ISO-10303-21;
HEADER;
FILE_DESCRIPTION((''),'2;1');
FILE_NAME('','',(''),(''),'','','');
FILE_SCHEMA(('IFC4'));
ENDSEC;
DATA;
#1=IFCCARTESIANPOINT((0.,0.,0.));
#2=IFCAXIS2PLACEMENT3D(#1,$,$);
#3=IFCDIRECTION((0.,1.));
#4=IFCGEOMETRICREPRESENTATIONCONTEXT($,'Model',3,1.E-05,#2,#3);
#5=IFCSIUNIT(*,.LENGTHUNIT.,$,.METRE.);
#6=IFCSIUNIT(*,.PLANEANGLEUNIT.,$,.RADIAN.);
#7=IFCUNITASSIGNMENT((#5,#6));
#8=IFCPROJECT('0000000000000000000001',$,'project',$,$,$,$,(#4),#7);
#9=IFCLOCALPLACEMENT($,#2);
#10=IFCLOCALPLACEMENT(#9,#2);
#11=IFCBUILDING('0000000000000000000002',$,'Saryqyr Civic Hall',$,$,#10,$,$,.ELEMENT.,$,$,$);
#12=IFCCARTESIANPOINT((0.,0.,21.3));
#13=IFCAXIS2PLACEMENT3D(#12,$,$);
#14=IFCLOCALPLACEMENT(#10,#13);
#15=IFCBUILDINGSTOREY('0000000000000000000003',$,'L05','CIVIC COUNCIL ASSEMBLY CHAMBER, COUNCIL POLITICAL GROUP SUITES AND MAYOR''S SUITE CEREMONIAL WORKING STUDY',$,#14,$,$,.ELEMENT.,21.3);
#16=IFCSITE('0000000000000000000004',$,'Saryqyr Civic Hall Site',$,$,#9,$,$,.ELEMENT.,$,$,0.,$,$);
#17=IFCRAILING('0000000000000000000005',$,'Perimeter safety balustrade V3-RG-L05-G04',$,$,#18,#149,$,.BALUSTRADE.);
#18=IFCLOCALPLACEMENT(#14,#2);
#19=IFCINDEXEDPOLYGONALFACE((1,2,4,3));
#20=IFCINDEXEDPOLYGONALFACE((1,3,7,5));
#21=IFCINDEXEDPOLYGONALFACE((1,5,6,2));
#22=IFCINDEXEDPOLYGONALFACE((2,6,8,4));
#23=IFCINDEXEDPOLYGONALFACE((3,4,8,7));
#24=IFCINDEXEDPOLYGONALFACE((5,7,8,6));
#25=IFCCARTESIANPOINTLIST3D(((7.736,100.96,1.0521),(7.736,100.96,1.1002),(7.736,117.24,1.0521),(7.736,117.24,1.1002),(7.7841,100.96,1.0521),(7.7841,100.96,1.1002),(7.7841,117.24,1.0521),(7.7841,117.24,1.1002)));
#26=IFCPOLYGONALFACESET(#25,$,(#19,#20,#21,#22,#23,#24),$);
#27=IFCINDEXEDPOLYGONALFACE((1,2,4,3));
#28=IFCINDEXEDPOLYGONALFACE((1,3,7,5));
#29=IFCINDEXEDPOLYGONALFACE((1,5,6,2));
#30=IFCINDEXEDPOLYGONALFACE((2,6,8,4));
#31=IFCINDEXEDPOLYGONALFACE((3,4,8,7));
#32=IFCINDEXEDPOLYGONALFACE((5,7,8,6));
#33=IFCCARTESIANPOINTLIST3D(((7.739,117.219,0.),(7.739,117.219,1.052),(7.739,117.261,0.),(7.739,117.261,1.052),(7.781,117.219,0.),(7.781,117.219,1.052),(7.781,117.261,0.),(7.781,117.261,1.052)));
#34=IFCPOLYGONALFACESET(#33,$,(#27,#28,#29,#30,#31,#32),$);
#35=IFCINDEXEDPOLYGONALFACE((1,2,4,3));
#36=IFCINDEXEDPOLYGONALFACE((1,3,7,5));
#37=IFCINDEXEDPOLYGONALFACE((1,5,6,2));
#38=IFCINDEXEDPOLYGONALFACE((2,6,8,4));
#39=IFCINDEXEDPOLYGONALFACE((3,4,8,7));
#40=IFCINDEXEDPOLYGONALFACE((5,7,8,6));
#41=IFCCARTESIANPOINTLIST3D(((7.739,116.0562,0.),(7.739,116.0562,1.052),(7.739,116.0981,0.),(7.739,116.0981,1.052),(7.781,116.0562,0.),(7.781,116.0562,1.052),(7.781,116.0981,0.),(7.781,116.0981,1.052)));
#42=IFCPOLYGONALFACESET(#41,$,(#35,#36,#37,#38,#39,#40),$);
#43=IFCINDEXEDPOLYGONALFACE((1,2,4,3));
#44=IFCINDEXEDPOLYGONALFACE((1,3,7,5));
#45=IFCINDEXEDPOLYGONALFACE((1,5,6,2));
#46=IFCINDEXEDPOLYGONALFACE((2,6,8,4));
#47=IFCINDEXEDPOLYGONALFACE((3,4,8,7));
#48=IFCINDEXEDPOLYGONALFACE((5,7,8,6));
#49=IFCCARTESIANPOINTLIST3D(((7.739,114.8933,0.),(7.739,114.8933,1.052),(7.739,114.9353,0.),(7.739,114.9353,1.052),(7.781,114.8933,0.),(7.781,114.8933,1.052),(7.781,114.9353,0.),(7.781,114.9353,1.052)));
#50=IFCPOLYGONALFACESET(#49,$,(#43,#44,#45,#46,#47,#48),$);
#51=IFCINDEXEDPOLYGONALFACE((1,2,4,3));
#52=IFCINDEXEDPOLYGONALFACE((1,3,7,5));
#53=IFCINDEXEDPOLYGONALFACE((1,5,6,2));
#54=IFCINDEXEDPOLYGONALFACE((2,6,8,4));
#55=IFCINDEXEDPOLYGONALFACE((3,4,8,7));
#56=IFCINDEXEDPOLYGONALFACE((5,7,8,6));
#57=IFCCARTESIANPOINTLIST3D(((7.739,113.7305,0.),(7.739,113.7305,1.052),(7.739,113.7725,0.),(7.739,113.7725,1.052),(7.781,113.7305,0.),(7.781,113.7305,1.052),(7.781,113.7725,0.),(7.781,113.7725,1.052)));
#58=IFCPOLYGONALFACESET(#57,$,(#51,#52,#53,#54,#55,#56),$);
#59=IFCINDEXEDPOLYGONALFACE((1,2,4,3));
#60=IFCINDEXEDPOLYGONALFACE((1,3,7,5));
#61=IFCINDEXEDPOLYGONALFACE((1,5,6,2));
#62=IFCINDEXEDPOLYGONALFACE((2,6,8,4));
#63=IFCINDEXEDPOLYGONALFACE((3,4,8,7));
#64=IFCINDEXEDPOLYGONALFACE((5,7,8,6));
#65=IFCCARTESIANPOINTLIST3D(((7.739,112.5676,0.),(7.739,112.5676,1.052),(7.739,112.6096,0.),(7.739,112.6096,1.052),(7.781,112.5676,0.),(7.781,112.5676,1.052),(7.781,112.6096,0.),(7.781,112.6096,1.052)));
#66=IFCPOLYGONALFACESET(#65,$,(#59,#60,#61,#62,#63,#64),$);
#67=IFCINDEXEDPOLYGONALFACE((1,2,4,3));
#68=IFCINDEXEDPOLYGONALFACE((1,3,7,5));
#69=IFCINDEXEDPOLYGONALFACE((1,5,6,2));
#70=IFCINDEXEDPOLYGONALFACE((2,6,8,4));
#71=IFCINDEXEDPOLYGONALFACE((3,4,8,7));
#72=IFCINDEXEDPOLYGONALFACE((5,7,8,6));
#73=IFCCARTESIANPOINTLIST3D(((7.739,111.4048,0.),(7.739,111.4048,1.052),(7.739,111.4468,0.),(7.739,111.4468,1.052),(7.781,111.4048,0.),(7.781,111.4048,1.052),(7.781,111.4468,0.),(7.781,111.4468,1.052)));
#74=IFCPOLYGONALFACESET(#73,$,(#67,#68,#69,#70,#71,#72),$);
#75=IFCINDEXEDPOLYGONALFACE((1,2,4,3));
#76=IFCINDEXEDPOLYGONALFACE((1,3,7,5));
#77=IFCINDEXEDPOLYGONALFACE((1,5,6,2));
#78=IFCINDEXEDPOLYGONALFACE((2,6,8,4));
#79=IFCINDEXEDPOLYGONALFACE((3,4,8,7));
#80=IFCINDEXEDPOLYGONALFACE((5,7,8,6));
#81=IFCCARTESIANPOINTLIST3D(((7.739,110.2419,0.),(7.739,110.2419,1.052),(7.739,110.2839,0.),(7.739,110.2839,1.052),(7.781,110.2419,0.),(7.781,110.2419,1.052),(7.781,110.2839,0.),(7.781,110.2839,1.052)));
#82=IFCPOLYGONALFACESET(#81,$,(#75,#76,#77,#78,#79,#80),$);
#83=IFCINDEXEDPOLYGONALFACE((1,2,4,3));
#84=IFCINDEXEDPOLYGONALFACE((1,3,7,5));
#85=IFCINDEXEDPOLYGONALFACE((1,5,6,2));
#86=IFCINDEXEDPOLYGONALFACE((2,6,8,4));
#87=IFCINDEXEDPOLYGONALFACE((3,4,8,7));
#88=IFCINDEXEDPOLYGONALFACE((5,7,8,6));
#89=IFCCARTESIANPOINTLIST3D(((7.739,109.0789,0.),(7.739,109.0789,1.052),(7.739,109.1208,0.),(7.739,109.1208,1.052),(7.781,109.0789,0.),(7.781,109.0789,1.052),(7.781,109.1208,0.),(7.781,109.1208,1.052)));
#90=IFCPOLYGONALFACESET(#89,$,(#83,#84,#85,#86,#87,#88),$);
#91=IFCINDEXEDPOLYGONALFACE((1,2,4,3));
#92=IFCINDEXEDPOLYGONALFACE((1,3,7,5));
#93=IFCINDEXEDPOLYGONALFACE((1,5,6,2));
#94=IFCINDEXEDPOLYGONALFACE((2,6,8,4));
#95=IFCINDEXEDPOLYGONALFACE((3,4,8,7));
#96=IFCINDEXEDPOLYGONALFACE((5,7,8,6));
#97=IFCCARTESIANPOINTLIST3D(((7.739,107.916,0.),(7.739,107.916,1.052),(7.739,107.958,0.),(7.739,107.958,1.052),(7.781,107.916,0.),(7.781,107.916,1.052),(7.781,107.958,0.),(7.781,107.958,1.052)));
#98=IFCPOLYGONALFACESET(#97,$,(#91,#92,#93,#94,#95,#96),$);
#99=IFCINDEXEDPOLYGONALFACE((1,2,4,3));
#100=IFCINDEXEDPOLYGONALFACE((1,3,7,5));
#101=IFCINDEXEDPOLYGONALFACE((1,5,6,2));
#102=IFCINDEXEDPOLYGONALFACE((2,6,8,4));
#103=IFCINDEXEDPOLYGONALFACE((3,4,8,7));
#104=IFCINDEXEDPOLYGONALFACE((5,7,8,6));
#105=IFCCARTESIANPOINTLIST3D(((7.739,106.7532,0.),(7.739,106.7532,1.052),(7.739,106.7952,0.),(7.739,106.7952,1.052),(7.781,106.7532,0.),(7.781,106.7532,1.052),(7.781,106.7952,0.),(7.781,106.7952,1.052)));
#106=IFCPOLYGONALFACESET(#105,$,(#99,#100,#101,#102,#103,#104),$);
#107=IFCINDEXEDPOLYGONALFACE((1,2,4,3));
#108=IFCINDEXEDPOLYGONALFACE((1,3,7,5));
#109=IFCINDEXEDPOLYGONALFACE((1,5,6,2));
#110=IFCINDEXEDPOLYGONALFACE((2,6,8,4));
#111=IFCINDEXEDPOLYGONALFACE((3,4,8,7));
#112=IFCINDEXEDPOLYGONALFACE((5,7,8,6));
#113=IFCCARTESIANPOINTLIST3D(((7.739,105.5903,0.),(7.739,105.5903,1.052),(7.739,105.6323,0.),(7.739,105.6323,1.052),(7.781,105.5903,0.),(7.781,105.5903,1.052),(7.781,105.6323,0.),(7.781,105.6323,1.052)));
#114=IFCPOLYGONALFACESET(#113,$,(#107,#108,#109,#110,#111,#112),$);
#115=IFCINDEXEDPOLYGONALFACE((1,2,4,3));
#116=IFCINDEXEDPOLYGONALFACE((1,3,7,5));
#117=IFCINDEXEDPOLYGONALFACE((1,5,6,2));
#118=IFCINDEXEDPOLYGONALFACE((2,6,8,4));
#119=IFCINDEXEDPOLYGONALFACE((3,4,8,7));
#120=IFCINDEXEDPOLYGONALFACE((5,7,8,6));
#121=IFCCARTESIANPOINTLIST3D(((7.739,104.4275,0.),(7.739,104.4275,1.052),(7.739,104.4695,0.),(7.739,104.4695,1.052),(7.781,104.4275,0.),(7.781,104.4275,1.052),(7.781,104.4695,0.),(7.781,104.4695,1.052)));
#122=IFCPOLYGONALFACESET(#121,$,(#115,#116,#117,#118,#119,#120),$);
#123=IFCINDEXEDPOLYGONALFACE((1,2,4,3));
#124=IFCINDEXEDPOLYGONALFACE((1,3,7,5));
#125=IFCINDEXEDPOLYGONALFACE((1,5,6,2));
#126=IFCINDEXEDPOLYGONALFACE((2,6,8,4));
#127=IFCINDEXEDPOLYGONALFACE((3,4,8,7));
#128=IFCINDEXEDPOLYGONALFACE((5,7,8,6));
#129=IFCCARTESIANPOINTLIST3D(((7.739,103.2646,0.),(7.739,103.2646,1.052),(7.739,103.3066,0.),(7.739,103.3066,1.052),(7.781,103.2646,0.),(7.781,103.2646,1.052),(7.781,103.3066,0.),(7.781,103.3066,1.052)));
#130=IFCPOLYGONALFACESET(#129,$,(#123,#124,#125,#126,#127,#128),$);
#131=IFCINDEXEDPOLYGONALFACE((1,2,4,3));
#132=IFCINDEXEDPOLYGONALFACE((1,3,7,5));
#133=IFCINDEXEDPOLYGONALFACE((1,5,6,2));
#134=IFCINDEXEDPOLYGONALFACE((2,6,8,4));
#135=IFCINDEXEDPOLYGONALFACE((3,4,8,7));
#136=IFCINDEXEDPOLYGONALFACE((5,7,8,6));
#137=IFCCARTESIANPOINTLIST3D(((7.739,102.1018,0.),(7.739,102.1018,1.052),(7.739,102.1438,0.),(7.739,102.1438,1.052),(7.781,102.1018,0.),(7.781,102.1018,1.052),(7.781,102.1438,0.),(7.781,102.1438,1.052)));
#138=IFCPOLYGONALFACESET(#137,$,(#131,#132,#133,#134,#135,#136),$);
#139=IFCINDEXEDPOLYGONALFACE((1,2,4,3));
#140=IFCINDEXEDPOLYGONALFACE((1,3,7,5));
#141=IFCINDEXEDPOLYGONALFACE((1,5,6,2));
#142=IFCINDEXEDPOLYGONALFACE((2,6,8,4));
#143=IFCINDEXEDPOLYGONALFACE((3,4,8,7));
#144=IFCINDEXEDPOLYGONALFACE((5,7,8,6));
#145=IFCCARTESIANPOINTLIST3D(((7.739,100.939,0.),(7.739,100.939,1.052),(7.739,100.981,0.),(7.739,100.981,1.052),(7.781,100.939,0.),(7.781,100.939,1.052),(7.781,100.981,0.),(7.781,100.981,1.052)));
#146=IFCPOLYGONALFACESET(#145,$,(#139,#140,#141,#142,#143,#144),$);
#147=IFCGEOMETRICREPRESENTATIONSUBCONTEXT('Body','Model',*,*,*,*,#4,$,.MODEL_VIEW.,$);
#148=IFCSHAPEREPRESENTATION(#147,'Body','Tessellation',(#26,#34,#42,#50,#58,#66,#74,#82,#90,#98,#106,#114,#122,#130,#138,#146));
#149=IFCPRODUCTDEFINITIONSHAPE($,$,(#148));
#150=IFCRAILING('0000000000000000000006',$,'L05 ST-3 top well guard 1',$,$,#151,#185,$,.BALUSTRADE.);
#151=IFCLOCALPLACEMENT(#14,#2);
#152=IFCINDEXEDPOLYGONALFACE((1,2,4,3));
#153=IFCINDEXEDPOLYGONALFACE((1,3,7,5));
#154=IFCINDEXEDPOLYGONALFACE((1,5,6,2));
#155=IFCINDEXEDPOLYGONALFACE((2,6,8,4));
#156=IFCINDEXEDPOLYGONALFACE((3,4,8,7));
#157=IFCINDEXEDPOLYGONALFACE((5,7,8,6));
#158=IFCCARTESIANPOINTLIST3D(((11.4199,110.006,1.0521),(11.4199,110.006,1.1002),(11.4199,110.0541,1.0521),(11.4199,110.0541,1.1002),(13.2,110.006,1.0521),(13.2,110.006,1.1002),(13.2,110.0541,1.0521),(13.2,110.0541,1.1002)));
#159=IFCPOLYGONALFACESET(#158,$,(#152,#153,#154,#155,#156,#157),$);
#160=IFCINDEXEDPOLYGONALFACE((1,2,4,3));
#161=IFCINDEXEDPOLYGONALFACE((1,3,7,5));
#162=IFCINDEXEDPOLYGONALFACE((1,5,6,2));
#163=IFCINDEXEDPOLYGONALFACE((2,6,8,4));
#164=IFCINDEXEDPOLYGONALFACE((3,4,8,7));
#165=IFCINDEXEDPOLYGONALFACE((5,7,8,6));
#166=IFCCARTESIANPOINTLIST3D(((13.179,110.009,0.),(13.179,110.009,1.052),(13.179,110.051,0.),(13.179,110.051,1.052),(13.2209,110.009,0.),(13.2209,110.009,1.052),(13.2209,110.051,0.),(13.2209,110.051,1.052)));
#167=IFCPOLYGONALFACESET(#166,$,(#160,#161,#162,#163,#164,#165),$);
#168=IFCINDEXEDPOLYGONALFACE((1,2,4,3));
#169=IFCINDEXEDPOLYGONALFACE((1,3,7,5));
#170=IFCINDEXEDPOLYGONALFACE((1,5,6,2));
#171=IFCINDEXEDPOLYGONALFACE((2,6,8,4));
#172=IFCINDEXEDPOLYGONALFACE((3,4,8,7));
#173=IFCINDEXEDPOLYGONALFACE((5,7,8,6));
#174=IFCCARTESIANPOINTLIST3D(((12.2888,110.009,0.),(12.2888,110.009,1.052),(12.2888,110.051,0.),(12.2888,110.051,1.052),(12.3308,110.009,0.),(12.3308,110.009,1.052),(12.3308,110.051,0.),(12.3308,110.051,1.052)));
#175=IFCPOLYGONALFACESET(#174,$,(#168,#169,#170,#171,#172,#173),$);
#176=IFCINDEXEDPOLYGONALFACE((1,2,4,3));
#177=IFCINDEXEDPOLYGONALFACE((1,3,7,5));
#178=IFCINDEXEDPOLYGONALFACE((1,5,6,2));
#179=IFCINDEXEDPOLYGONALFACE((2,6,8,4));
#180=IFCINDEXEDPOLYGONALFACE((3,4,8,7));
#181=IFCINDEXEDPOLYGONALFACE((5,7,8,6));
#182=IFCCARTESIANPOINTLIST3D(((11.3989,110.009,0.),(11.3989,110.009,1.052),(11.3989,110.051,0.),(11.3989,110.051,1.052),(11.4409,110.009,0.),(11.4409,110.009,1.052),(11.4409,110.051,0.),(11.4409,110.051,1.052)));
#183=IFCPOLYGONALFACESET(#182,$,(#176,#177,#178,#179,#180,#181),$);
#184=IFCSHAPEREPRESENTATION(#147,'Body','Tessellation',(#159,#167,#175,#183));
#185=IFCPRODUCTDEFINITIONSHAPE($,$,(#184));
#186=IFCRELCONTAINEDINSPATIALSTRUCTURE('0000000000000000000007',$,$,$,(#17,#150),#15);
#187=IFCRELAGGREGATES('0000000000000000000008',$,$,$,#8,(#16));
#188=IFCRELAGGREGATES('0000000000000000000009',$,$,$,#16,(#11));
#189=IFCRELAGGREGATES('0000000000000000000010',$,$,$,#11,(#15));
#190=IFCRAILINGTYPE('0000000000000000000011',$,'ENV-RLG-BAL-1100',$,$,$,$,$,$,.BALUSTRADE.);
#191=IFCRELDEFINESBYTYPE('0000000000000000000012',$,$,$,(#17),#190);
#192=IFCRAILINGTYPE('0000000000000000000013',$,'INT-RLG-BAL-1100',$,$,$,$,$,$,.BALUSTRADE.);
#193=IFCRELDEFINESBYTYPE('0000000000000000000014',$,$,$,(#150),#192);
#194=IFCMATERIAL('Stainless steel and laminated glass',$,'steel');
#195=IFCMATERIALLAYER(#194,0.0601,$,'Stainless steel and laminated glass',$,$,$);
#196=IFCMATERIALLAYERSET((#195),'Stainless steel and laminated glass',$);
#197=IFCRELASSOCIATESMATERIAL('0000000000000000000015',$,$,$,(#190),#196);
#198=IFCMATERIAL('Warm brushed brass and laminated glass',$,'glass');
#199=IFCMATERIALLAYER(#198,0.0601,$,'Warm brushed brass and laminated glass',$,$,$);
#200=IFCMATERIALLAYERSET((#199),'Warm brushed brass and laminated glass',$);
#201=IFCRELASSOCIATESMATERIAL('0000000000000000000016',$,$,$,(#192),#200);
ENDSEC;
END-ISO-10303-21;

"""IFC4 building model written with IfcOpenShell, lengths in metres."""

from ifc_helpers import new_model, si_unit, direction, frame, origin, origin_2d, place, context, subcontext, project, spatial, rectangle, extrude, material, layer, layer_set, type_object, element, save


model = new_model("IFC4")

# Units and contexts
model_context = context("Model", 3, precision=1e-05, world=origin(), true_north=direction((0.0, 1.0)))
body_context = subcontext(model_context, "Body", "Model", "MODEL_VIEW")
ifc_project = project(units=[si_unit("LENGTHUNIT", "METRE"), si_unit("PLANEANGLEUNIT", "RADIAN")], contexts=[model_context])

# Site, building, storey
site_placement = place(None, origin())
site = spatial("IfcSite", under=ifc_project, at=site_placement, Name="Saryqyr Civic Hall Site", CompositionType="ELEMENT", RefElevation=0.0)
building_placement = place(site_placement, origin())
building = spatial("IfcBuilding", under=site, at=building_placement, Name="Saryqyr Civic Hall", CompositionType="ELEMENT")
storey_placement = place(building_placement, frame((0.0, 0.0, 21.3)))
storey = spatial("IfcBuildingStorey", under=building, at=storey_placement, Name="L05", Description="CIVIC COUNCIL ASSEMBLY CHAMBER, COUNCIL POLITICAL GROUP SUITES AND MAYOR'S SUITE CEREMONIAL WORKING STUDY", CompositionType="ELEMENT", Elevation=21.3)

# Railings
ifc_material_1 = material(Name="Stainless steel and laminated glass", Category="steel")
ifc_layer_1 = layer(ifc_material_1, 0.0601, Name="Stainless steel and laminated glass")
ifc_layer_set_1 = layer_set([ifc_layer_1], Name="Stainless steel and laminated glass")
railing_type_1 = type_object("IfcRailingType", Name="ENV-RLG-BAL-1100", PredefinedType="BALUSTRADE", material=ifc_layer_set_1)
railing_1_placement = place(storey_placement, frame((7.76, 117.24, 0.0)))
element("IfcRailing", 1, at=railing_1_placement, inside=storey, type_object=railing_type_1, Name="Perimeter safety balustrade V3-RG-L05-G04", PredefinedType="BALUSTRADE", context=body_context, shape_type="SweptSolid", body=[
    extrude(rectangle(XDim=0.0481, YDim=0.0481, at=origin_2d()), frame((0.0, 0.0, 1.0762), z_axis=(0.0, -1.0, 0.0), x_axis=(1.0, 0.0, 0.0)), (0.0, 0.0, 1.0), 16.28),
    extrude(rectangle(XDim=0.042, YDim=0.042, at=origin_2d()), origin(), (0.0, 0.0, 1.0), 1.052),
    extrude(rectangle(XDim=0.042, YDim=0.042, at=origin_2d()), frame((0.0, -1.1628, 0.0)), (0.0, 0.0, 1.0), 1.052),
    extrude(rectangle(XDim=0.042, YDim=0.042, at=origin_2d()), frame((0.0, -2.3257, 0.0)), (0.0, 0.0, 1.0), 1.052),
    extrude(rectangle(XDim=0.042, YDim=0.042, at=origin_2d()), frame((0.0, -3.4885, 0.0)), (0.0, 0.0, 1.0), 1.052),
    extrude(rectangle(XDim=0.042, YDim=0.042, at=origin_2d()), frame((0.0, -4.6514, 0.0)), (0.0, 0.0, 1.0), 1.052),
    extrude(rectangle(XDim=0.042, YDim=0.042, at=origin_2d()), frame((0.0, -5.8142, 0.0)), (0.0, 0.0, 1.0), 1.052),
    extrude(rectangle(XDim=0.042, YDim=0.042, at=origin_2d()), frame((0.0, -6.9771, 0.0)), (0.0, 0.0, 1.0), 1.052),
    extrude(rectangle(XDim=0.042, YDim=0.042, at=origin_2d()), frame((0.0, -8.1401, 0.0)), (0.0, 0.0, 1.0), 1.052),
    extrude(rectangle(XDim=0.042, YDim=0.042, at=origin_2d()), frame((0.0, -9.303, 0.0)), (0.0, 0.0, 1.0), 1.052),
    extrude(rectangle(XDim=0.042, YDim=0.042, at=origin_2d()), frame((0.0, -10.4658, 0.0)), (0.0, 0.0, 1.0), 1.052),
    extrude(rectangle(XDim=0.042, YDim=0.042, at=origin_2d()), frame((0.0, -11.6287, 0.0)), (0.0, 0.0, 1.0), 1.052),
    extrude(rectangle(XDim=0.042, YDim=0.042, at=origin_2d()), frame((0.0, -12.7915, 0.0)), (0.0, 0.0, 1.0), 1.052),
    extrude(rectangle(XDim=0.042, YDim=0.042, at=origin_2d()), frame((0.0, -13.9543, 0.0)), (0.0, 0.0, 1.0), 1.052),
    extrude(rectangle(XDim=0.042, YDim=0.042, at=origin_2d()), frame((0.0, -15.1172, 0.0)), (0.0, 0.0, 1.0), 1.052),
    extrude(rectangle(XDim=0.042, YDim=0.042, at=origin_2d()), frame((0.0, -16.28, 0.0)), (0.0, 0.0, 1.0), 1.052),
])
ifc_material_2 = material(Name="Warm brushed brass and laminated glass", Category="glass")
ifc_layer_2 = layer(ifc_material_2, 0.0601, Name="Warm brushed brass and laminated glass")
ifc_layer_set_2 = layer_set([ifc_layer_2], Name="Warm brushed brass and laminated glass")
railing_type_2 = type_object("IfcRailingType", Name="INT-RLG-BAL-1100", PredefinedType="BALUSTRADE", material=ifc_layer_set_2)
railing_2_placement = place(storey_placement, frame((13.2, 110.03, 0.0)))
element("IfcRailing", 2, at=railing_2_placement, inside=storey, type_object=railing_type_2, Name="L05 ST-3 top well guard 1", PredefinedType="BALUSTRADE", context=body_context, shape_type="SweptSolid", body=[
    extrude(rectangle(XDim=0.0481, YDim=0.0481, at=origin_2d()), frame((0.0, 0.0, 1.0762), z_axis=(-1.0, 0.0, 0.0), x_axis=(0.0, -1.0, 0.0)), (0.0, 0.0, 1.0), 1.78),
    extrude(rectangle(XDim=0.042, YDim=0.042, at=origin_2d()), origin(), (0.0, 0.0, 1.0), 1.052),
    extrude(rectangle(XDim=0.042, YDim=0.042, at=origin_2d()), frame((-0.8901, 0.0, 0.0)), (0.0, 0.0, 1.0), 1.052),
    extrude(rectangle(XDim=0.042, YDim=0.042, at=origin_2d()), frame((-1.78, 0.0, 0.0)), (0.0, 0.0, 1.0), 1.052),
])

save(model, "model.ifc")
